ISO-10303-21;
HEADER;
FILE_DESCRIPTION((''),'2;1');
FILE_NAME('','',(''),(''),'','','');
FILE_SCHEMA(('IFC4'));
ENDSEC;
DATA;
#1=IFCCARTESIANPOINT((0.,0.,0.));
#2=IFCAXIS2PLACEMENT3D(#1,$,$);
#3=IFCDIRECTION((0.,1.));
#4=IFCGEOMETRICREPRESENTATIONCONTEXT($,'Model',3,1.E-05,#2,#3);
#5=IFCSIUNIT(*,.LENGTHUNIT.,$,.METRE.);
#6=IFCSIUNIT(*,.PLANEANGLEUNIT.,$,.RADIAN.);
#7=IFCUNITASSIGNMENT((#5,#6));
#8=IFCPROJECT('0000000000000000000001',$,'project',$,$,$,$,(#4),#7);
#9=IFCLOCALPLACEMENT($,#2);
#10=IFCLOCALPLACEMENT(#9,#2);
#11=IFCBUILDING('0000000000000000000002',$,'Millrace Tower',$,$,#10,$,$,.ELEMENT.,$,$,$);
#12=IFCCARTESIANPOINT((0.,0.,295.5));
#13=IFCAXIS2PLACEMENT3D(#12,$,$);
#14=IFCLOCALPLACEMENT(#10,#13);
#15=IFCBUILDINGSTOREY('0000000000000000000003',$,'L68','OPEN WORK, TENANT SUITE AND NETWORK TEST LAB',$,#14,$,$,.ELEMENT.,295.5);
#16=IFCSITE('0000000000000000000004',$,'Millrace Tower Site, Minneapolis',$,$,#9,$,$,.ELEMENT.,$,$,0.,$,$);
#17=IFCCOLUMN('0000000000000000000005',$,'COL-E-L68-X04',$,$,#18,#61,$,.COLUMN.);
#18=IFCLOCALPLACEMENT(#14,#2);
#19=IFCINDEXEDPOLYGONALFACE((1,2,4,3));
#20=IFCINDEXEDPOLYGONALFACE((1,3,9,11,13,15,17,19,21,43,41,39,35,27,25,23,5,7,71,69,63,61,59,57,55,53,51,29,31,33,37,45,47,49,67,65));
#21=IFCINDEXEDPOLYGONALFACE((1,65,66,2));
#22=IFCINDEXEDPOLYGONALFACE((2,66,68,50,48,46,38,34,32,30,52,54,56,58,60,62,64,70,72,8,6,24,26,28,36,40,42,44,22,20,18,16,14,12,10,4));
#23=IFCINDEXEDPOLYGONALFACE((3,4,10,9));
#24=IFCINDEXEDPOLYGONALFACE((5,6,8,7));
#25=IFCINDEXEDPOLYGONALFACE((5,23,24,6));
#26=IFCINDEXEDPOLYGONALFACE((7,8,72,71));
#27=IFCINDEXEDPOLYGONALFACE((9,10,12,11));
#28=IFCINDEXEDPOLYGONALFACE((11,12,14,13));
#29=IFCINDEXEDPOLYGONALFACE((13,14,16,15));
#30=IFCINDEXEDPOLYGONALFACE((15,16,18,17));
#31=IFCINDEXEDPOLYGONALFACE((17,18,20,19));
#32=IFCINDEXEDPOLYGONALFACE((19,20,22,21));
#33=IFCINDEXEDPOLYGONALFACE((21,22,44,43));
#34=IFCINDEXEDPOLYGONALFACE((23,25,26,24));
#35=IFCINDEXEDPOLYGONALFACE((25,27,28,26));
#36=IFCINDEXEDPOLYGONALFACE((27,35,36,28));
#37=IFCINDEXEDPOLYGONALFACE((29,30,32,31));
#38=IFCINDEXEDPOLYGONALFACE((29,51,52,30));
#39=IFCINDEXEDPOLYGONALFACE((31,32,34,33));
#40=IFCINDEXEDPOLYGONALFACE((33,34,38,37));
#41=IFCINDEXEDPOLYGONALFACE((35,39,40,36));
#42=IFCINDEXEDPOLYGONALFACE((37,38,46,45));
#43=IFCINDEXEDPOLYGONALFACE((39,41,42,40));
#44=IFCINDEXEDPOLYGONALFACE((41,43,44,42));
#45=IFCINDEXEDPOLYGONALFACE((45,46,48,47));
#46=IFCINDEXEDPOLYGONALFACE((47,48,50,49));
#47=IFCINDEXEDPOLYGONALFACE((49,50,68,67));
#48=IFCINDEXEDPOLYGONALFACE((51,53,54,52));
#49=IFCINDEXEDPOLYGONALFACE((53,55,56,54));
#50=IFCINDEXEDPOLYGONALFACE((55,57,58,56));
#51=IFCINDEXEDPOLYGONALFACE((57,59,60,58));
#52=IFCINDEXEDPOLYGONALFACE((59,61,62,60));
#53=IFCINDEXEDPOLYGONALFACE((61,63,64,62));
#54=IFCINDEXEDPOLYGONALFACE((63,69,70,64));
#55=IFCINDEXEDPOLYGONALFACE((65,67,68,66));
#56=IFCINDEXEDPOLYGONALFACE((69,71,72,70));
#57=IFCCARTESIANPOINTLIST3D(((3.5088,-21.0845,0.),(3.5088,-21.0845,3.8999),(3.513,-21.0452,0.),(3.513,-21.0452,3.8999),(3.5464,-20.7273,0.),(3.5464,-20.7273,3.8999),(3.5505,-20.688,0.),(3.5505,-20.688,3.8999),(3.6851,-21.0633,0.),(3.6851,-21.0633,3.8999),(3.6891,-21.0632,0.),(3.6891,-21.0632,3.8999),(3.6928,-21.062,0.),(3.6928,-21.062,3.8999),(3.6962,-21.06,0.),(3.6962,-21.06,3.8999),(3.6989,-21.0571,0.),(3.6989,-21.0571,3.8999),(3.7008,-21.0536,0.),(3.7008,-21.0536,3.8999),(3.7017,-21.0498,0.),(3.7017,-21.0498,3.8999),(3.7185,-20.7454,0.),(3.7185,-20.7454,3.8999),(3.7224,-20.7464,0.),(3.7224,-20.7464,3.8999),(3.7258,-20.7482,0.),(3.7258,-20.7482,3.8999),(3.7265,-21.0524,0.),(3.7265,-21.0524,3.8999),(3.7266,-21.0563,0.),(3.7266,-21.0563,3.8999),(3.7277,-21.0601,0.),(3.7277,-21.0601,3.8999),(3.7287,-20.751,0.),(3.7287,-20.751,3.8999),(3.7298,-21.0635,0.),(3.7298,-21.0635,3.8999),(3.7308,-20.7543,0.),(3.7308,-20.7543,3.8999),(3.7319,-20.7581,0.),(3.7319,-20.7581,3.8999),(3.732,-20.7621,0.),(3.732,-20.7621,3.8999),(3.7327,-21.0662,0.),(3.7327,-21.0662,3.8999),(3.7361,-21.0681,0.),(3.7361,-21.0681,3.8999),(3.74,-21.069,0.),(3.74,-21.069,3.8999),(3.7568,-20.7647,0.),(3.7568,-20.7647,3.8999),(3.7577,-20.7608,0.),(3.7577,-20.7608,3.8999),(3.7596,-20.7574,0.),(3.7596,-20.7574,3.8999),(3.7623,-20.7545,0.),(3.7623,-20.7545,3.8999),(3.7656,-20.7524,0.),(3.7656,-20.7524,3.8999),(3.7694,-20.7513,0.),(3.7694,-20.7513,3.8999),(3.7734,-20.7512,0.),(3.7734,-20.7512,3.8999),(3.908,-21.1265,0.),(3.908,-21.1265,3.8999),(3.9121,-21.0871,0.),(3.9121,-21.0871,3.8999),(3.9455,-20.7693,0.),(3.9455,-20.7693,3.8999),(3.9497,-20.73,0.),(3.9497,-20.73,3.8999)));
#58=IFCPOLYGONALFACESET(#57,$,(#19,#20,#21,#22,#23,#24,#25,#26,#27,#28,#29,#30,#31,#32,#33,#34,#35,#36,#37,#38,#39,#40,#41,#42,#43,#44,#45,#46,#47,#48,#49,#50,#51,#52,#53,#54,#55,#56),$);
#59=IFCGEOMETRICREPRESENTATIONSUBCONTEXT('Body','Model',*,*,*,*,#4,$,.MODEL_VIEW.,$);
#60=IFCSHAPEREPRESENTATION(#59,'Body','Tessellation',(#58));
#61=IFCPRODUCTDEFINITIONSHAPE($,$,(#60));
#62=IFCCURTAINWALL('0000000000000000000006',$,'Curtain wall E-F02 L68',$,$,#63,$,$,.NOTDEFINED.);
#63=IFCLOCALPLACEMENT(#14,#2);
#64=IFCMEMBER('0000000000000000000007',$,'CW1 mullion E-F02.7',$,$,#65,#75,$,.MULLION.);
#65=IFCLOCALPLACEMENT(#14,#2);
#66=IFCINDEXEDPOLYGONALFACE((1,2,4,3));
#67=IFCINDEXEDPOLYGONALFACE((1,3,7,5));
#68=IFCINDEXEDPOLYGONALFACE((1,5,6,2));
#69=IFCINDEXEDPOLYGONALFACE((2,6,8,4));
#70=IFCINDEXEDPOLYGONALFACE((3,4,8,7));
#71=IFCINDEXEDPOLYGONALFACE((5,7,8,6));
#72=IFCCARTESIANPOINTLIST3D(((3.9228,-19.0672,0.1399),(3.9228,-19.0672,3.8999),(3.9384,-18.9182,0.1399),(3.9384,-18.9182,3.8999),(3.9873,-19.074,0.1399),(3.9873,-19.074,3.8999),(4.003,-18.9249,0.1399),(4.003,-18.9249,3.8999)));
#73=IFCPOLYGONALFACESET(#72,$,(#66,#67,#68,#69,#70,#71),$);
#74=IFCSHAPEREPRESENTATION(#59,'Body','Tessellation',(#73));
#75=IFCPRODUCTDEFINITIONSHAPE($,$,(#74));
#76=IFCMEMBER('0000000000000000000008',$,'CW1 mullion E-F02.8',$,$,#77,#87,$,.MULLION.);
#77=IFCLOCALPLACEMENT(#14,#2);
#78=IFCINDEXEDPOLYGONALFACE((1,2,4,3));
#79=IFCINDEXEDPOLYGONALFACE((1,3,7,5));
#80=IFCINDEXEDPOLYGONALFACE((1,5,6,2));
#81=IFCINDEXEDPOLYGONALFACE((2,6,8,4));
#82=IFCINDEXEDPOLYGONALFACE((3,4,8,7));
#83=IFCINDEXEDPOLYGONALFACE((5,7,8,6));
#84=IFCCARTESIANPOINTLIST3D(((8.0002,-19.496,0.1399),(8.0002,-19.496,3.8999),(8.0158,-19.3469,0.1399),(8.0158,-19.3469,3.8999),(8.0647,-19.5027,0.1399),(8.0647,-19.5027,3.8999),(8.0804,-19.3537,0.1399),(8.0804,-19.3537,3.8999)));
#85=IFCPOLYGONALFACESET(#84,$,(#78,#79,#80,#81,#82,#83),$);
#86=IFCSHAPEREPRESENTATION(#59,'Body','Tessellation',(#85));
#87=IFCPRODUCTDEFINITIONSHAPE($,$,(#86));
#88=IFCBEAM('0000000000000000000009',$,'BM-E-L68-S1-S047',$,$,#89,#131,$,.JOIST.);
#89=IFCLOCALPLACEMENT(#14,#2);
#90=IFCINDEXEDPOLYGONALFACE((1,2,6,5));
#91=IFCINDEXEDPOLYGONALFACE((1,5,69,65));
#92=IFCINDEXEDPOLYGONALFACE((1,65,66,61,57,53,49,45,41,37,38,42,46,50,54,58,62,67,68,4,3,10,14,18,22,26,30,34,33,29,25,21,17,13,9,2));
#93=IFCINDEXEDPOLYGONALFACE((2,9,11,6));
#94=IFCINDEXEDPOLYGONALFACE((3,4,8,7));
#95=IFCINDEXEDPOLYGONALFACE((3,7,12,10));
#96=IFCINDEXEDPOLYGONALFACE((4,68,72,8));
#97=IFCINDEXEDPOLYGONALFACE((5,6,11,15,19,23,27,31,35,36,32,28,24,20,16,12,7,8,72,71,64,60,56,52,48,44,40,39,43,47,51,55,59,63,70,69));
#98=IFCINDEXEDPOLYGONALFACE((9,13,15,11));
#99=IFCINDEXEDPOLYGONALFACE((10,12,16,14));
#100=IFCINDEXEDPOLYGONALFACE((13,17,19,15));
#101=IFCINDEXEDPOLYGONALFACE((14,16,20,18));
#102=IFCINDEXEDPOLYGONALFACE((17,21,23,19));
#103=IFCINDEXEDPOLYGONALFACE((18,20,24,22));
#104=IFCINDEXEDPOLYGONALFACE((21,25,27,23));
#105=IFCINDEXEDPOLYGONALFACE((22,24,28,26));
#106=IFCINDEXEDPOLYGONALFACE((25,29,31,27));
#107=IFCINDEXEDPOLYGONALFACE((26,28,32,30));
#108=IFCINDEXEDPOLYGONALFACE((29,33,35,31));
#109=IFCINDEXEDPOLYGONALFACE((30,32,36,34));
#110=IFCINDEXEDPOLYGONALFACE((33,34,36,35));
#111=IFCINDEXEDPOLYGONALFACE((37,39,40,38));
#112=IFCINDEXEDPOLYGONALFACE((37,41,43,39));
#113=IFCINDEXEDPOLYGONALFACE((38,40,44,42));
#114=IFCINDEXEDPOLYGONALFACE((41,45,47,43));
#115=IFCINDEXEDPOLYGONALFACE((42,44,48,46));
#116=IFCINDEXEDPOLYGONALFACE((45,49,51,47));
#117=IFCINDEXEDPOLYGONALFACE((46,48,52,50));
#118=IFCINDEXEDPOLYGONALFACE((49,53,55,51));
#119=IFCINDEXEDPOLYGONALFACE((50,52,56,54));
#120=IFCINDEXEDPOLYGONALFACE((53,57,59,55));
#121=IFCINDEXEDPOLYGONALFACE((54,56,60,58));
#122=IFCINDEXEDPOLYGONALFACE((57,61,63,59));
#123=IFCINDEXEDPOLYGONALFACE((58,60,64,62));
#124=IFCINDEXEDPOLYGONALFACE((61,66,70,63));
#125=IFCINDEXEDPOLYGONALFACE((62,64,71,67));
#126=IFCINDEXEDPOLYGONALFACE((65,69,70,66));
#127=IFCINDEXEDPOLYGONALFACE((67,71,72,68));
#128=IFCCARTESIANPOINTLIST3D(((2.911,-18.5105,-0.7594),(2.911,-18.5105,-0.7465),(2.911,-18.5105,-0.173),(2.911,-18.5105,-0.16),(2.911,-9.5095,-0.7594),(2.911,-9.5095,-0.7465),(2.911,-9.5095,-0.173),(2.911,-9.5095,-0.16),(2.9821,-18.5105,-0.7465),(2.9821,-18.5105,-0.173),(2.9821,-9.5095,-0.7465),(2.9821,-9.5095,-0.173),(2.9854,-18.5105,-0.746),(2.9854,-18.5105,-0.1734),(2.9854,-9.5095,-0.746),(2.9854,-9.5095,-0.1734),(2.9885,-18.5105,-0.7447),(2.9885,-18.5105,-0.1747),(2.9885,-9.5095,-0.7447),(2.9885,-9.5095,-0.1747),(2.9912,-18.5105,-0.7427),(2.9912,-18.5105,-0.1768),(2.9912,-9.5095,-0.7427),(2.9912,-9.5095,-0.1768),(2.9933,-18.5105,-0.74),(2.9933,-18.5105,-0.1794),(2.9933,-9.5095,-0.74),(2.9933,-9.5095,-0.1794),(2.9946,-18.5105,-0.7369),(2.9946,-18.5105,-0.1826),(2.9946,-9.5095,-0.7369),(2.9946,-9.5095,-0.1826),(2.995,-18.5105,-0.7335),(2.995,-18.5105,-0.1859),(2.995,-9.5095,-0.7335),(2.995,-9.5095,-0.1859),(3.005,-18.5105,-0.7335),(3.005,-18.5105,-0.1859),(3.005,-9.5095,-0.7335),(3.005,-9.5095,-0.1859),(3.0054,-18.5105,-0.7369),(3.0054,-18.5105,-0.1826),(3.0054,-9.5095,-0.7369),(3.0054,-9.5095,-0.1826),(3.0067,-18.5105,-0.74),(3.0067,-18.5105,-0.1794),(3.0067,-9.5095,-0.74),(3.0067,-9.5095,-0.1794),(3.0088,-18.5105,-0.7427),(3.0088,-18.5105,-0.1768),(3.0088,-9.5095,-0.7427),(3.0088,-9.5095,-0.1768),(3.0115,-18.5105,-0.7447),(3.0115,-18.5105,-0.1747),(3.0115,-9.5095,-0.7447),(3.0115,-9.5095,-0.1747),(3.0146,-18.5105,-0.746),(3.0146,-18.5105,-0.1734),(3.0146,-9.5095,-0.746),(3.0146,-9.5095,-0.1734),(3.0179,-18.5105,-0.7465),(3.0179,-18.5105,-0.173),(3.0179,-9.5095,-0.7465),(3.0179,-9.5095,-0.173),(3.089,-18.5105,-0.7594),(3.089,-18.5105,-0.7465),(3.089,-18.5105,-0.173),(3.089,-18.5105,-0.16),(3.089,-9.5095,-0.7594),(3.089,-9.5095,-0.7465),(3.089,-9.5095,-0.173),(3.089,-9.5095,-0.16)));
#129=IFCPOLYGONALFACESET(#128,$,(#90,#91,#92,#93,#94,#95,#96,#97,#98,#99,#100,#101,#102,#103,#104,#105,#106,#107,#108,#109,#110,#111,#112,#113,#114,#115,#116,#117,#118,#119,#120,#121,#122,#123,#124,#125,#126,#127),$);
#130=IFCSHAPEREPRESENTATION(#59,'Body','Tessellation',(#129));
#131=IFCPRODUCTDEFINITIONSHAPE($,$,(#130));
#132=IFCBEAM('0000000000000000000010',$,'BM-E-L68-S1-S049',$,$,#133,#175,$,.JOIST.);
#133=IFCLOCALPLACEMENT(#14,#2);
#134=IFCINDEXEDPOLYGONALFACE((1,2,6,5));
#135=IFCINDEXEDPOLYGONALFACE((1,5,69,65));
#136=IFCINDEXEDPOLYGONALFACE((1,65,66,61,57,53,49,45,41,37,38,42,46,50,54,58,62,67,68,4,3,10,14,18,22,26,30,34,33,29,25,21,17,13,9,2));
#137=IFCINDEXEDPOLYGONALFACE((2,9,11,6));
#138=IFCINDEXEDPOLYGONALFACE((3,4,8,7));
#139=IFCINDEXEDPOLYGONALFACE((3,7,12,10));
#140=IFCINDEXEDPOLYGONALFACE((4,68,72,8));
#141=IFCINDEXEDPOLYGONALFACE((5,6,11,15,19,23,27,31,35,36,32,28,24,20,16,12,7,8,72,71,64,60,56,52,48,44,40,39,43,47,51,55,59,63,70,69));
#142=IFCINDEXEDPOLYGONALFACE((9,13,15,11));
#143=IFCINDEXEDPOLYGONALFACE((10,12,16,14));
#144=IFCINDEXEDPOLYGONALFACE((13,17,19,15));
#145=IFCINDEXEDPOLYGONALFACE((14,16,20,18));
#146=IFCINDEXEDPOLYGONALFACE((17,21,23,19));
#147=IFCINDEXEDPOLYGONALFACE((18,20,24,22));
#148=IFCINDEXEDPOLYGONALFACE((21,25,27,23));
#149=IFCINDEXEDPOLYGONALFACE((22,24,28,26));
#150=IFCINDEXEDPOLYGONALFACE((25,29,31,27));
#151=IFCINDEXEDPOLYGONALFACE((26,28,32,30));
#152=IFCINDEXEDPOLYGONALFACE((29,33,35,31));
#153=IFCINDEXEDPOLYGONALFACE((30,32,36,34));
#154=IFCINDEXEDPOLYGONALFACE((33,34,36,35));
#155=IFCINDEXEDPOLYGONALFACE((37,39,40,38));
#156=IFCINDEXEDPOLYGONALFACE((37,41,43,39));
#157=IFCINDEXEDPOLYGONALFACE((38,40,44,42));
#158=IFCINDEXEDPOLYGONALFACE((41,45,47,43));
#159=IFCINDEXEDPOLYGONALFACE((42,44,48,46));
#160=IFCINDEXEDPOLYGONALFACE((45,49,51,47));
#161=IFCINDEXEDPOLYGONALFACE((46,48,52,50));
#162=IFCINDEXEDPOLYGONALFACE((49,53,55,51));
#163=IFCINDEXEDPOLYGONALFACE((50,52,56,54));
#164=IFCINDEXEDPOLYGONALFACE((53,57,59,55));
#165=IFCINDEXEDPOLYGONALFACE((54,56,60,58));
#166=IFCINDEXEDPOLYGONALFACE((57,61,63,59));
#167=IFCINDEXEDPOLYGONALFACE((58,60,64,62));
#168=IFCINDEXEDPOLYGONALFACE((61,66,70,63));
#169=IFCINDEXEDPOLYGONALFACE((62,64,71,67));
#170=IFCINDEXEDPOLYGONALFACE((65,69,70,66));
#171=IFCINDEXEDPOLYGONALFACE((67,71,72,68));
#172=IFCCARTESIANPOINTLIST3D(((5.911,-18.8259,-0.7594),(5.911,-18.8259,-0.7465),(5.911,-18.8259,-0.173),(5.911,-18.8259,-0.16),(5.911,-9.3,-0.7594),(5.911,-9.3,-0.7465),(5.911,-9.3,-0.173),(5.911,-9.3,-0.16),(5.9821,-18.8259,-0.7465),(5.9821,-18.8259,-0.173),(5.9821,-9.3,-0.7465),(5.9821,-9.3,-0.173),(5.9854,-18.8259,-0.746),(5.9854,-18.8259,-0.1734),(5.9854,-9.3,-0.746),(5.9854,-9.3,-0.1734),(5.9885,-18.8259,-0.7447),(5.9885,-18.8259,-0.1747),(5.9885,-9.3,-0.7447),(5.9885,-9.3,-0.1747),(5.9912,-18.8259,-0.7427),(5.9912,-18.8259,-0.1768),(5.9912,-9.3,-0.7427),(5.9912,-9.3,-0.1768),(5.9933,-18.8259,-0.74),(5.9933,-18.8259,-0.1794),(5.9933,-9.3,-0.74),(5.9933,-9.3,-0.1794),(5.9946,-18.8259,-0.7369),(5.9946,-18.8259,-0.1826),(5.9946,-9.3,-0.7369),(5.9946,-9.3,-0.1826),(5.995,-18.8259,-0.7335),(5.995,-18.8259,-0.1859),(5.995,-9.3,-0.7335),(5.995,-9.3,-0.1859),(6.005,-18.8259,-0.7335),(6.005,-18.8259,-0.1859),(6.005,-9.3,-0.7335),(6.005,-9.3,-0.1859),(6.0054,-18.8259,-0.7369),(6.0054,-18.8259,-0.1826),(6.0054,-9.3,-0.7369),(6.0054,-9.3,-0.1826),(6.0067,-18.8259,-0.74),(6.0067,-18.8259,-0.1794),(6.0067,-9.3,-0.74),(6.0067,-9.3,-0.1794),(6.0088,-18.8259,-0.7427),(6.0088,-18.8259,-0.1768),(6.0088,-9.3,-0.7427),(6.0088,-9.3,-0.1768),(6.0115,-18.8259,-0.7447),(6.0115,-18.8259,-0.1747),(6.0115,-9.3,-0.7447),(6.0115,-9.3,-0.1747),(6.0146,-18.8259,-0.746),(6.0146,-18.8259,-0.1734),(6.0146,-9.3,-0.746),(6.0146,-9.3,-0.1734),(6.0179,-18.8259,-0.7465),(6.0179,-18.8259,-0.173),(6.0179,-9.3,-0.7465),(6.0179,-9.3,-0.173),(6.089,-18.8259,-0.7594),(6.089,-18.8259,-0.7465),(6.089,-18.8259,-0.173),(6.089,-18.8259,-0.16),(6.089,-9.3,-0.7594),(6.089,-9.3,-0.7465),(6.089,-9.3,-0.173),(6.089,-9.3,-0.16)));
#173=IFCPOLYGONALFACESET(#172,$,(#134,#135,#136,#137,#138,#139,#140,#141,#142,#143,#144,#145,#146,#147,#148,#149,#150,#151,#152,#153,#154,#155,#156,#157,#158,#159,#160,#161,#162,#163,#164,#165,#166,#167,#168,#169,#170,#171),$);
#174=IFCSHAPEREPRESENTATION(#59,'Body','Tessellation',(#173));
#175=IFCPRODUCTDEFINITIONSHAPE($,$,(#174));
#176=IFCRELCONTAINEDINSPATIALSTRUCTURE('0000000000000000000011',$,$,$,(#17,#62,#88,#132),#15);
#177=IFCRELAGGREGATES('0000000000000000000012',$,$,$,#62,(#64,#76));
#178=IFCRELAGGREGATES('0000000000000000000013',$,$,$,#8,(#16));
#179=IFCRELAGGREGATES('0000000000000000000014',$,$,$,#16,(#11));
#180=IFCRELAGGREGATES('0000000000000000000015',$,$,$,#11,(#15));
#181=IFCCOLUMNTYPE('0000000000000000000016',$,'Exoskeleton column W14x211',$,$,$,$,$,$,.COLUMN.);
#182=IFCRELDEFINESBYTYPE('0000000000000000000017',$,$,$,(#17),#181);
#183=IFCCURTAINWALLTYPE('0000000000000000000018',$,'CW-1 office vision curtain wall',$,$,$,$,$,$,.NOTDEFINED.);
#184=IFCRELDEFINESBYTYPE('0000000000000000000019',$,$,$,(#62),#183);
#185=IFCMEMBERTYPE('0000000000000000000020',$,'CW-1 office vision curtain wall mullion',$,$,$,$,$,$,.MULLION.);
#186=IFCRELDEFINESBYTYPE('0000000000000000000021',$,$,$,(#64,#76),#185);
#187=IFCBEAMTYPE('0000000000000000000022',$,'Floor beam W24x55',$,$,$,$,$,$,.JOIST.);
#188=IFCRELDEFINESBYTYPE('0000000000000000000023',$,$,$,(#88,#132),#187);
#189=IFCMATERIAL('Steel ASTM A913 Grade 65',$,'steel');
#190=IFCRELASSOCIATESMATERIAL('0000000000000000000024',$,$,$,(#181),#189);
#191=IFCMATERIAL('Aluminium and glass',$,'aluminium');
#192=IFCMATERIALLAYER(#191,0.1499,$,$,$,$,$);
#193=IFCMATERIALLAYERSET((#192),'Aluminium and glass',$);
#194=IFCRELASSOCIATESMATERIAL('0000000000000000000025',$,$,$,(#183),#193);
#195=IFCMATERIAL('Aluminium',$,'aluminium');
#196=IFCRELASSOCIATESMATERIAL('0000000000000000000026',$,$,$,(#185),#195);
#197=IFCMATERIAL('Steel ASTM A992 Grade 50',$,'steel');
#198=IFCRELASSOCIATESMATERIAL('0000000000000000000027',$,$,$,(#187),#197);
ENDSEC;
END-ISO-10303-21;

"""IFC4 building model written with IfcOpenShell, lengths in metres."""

from ifc_helpers import new_model, si_unit, direction, frame, origin, origin_2d, place, context, subcontext, project, spatial, rectangle, i_section, extrude, material, layer, layer_set, material_profile, profile_set, type_object, element, aggregate, save


model = new_model("IFC4")

# Units and contexts
model_context = context("Model", 3, precision=1e-05, world=origin(), true_north=direction((0.0, 1.0)))
body_context = subcontext(model_context, "Body", "Model", "MODEL_VIEW")
ifc_project = project(units=[si_unit("LENGTHUNIT", "METRE"), si_unit("PLANEANGLEUNIT", "RADIAN")], contexts=[model_context])

# Site, building, storey
site_placement = place(None, origin())
site = spatial("IfcSite", under=ifc_project, at=site_placement, Name="Millrace Tower Site, Minneapolis", CompositionType="ELEMENT", RefElevation=0.0)
building_placement = place(site_placement, origin())
building = spatial("IfcBuilding", under=site, at=building_placement, Name="Millrace Tower", CompositionType="ELEMENT")
storey_placement = place(building_placement, frame((0.0, 0.0, 295.5)))
storey = spatial("IfcBuildingStorey", under=building, at=storey_placement, Name="L68", Description="OPEN WORK, TENANT SUITE AND NETWORK TEST LAB", CompositionType="ELEMENT", Elevation=295.5)

# Column
ifc_material_1 = material(Name="Steel ASTM A913 Grade 65", Category="steel")
ifc_material_profile_1 = material_profile(ifc_material_1, i_section(OverallWidth=0.4014, OverallDepth=0.3987, WebThickness=0.0249, FlangeThickness=0.0396, FilletRadius=0.0151, at=origin_2d()))
ifc_profile_set_1 = profile_set([ifc_material_profile_1], Name="Steel ASTM A913 Grade 65")
column_type = type_object("IfcColumnType", Name="Exoskeleton column W14x211", PredefinedType="COLUMN", material=ifc_profile_set_1)
column_placement = place(storey_placement, frame((3.7292, -20.9072, 0.0), z_axis=(0.0, 0.0, 1.0), x_axis=(0.994522, -0.104528, 0.0)))
element("IfcColumn", 1, at=column_placement, inside=storey, type_object=column_type, Name="COL-E-L68-X04", PredefinedType="COLUMN", context=body_context, shape_type="SweptSolid", body=[
    extrude(i_section(OverallWidth=0.4014, OverallDepth=0.3987, WebThickness=0.0249, FlangeThickness=0.0396, FilletRadius=0.0151, at=origin_2d()), origin(), (0.0, 0.0, 1.0), 3.8999),
])

# Curtain wall, members
ifc_material_2 = material(Name="Aluminium and glass", Category="aluminium")
ifc_layer_1 = layer(ifc_material_2, 0.1499)
ifc_layer_set_1 = layer_set([ifc_layer_1], Name="Aluminium and glass")
curtain_wall_type = type_object("IfcCurtainWallType", Name="CW-1 office vision curtain wall", PredefinedType="NOTDEFINED", material=ifc_layer_set_1)
placement = place(storey_placement, origin())
curtain_wall = element("IfcCurtainWall", 2, at=placement, inside=storey, type_object=curtain_wall_type, Name="Curtain wall E-F02 L68", PredefinedType="NOTDEFINED")
ifc_material_3 = material(Name="Aluminium", Category="aluminium")
ifc_material_profile_2 = material_profile(ifc_material_3, rectangle(XDim=0.0649, YDim=0.1499, at=origin_2d()))
ifc_profile_set_2 = profile_set([ifc_material_profile_2], Name="Aluminium")
member_type = type_object("IfcMemberType", Name="CW-1 office vision curtain wall mullion", PredefinedType="MULLION", material=ifc_profile_set_2)
member_1_placement = place(storey_placement, frame((3.9629, -18.9961, 0.1399), z_axis=(0.0, 0.0, 1.0), x_axis=(0.994522, -0.104528, 0.0)))
member_1 = element("IfcMember", 3, at=member_1_placement, type_object=member_type, Name="CW1 mullion E-F02.7", PredefinedType="MULLION", context=body_context, shape_type="SweptSolid", body=[
    extrude(rectangle(XDim=0.0649, YDim=0.1499, at=origin_2d()), origin(), (0.0, 0.0, 1.0), 3.76),
])
member_2_placement = place(storey_placement, frame((8.0403, -19.4248, 0.1399), z_axis=(0.0, 0.0, 1.0), x_axis=(0.994522, -0.104528, 0.0)))
member_2 = element("IfcMember", 4, at=member_2_placement, type_object=member_type, Name="CW1 mullion E-F02.8", PredefinedType="MULLION", context=body_context, shape_type="SweptSolid", body=[
    extrude(rectangle(XDim=0.0649, YDim=0.1499, at=origin_2d()), origin(), (0.0, 0.0, 1.0), 3.76),
])
aggregate(curtain_wall, [member_1, member_2])

# Beams
ifc_material_4 = material(Name="Steel ASTM A992 Grade 50", Category="steel")
ifc_material_profile_3 = material_profile(ifc_material_4, i_section(OverallWidth=0.178, OverallDepth=0.5994, WebThickness=0.01, FlangeThickness=0.0129, FilletRadius=0.0129, at=origin_2d()))
ifc_profile_set_3 = profile_set([ifc_material_profile_3], Name="Steel ASTM A992 Grade 50")
beam_type_1 = type_object("IfcBeamType", Name="Floor beam W24x55", PredefinedType="JOIST", material=ifc_profile_set_3)
beam_1_placement = place(storey_placement, frame((3.0, -18.5105, -0.4597), z_axis=(0.0, 1.0, 0.0), x_axis=(-1.0, 0.0, 0.0)))
element("IfcBeam", 5, at=beam_1_placement, inside=storey, type_object=beam_type_1, Name="BM-E-L68-S1-S047", PredefinedType="JOIST", context=body_context, shape_type="SweptSolid", body=[
    extrude(i_section(OverallWidth=0.178, OverallDepth=0.5994, WebThickness=0.01, FlangeThickness=0.0129, FilletRadius=0.0129, at=origin_2d()), origin(), (0.0, 0.0, 1.0), 9.001),
])
beam_2_placement = place(storey_placement, frame((6.0, -18.8259, -0.4597), z_axis=(0.0, 1.0, 0.0), x_axis=(-1.0, 0.0, 0.0)))
element("IfcBeam", 6, at=beam_2_placement, inside=storey, type_object=beam_type_1, Name="BM-E-L68-S1-S049", PredefinedType="JOIST", context=body_context, shape_type="SweptSolid", body=[
    extrude(i_section(OverallWidth=0.178, OverallDepth=0.5994, WebThickness=0.01, FlangeThickness=0.0129, FilletRadius=0.0129, at=origin_2d()), origin(), (0.0, 0.0, 1.0), 9.5259),
])

save(model, "model.ifc")
